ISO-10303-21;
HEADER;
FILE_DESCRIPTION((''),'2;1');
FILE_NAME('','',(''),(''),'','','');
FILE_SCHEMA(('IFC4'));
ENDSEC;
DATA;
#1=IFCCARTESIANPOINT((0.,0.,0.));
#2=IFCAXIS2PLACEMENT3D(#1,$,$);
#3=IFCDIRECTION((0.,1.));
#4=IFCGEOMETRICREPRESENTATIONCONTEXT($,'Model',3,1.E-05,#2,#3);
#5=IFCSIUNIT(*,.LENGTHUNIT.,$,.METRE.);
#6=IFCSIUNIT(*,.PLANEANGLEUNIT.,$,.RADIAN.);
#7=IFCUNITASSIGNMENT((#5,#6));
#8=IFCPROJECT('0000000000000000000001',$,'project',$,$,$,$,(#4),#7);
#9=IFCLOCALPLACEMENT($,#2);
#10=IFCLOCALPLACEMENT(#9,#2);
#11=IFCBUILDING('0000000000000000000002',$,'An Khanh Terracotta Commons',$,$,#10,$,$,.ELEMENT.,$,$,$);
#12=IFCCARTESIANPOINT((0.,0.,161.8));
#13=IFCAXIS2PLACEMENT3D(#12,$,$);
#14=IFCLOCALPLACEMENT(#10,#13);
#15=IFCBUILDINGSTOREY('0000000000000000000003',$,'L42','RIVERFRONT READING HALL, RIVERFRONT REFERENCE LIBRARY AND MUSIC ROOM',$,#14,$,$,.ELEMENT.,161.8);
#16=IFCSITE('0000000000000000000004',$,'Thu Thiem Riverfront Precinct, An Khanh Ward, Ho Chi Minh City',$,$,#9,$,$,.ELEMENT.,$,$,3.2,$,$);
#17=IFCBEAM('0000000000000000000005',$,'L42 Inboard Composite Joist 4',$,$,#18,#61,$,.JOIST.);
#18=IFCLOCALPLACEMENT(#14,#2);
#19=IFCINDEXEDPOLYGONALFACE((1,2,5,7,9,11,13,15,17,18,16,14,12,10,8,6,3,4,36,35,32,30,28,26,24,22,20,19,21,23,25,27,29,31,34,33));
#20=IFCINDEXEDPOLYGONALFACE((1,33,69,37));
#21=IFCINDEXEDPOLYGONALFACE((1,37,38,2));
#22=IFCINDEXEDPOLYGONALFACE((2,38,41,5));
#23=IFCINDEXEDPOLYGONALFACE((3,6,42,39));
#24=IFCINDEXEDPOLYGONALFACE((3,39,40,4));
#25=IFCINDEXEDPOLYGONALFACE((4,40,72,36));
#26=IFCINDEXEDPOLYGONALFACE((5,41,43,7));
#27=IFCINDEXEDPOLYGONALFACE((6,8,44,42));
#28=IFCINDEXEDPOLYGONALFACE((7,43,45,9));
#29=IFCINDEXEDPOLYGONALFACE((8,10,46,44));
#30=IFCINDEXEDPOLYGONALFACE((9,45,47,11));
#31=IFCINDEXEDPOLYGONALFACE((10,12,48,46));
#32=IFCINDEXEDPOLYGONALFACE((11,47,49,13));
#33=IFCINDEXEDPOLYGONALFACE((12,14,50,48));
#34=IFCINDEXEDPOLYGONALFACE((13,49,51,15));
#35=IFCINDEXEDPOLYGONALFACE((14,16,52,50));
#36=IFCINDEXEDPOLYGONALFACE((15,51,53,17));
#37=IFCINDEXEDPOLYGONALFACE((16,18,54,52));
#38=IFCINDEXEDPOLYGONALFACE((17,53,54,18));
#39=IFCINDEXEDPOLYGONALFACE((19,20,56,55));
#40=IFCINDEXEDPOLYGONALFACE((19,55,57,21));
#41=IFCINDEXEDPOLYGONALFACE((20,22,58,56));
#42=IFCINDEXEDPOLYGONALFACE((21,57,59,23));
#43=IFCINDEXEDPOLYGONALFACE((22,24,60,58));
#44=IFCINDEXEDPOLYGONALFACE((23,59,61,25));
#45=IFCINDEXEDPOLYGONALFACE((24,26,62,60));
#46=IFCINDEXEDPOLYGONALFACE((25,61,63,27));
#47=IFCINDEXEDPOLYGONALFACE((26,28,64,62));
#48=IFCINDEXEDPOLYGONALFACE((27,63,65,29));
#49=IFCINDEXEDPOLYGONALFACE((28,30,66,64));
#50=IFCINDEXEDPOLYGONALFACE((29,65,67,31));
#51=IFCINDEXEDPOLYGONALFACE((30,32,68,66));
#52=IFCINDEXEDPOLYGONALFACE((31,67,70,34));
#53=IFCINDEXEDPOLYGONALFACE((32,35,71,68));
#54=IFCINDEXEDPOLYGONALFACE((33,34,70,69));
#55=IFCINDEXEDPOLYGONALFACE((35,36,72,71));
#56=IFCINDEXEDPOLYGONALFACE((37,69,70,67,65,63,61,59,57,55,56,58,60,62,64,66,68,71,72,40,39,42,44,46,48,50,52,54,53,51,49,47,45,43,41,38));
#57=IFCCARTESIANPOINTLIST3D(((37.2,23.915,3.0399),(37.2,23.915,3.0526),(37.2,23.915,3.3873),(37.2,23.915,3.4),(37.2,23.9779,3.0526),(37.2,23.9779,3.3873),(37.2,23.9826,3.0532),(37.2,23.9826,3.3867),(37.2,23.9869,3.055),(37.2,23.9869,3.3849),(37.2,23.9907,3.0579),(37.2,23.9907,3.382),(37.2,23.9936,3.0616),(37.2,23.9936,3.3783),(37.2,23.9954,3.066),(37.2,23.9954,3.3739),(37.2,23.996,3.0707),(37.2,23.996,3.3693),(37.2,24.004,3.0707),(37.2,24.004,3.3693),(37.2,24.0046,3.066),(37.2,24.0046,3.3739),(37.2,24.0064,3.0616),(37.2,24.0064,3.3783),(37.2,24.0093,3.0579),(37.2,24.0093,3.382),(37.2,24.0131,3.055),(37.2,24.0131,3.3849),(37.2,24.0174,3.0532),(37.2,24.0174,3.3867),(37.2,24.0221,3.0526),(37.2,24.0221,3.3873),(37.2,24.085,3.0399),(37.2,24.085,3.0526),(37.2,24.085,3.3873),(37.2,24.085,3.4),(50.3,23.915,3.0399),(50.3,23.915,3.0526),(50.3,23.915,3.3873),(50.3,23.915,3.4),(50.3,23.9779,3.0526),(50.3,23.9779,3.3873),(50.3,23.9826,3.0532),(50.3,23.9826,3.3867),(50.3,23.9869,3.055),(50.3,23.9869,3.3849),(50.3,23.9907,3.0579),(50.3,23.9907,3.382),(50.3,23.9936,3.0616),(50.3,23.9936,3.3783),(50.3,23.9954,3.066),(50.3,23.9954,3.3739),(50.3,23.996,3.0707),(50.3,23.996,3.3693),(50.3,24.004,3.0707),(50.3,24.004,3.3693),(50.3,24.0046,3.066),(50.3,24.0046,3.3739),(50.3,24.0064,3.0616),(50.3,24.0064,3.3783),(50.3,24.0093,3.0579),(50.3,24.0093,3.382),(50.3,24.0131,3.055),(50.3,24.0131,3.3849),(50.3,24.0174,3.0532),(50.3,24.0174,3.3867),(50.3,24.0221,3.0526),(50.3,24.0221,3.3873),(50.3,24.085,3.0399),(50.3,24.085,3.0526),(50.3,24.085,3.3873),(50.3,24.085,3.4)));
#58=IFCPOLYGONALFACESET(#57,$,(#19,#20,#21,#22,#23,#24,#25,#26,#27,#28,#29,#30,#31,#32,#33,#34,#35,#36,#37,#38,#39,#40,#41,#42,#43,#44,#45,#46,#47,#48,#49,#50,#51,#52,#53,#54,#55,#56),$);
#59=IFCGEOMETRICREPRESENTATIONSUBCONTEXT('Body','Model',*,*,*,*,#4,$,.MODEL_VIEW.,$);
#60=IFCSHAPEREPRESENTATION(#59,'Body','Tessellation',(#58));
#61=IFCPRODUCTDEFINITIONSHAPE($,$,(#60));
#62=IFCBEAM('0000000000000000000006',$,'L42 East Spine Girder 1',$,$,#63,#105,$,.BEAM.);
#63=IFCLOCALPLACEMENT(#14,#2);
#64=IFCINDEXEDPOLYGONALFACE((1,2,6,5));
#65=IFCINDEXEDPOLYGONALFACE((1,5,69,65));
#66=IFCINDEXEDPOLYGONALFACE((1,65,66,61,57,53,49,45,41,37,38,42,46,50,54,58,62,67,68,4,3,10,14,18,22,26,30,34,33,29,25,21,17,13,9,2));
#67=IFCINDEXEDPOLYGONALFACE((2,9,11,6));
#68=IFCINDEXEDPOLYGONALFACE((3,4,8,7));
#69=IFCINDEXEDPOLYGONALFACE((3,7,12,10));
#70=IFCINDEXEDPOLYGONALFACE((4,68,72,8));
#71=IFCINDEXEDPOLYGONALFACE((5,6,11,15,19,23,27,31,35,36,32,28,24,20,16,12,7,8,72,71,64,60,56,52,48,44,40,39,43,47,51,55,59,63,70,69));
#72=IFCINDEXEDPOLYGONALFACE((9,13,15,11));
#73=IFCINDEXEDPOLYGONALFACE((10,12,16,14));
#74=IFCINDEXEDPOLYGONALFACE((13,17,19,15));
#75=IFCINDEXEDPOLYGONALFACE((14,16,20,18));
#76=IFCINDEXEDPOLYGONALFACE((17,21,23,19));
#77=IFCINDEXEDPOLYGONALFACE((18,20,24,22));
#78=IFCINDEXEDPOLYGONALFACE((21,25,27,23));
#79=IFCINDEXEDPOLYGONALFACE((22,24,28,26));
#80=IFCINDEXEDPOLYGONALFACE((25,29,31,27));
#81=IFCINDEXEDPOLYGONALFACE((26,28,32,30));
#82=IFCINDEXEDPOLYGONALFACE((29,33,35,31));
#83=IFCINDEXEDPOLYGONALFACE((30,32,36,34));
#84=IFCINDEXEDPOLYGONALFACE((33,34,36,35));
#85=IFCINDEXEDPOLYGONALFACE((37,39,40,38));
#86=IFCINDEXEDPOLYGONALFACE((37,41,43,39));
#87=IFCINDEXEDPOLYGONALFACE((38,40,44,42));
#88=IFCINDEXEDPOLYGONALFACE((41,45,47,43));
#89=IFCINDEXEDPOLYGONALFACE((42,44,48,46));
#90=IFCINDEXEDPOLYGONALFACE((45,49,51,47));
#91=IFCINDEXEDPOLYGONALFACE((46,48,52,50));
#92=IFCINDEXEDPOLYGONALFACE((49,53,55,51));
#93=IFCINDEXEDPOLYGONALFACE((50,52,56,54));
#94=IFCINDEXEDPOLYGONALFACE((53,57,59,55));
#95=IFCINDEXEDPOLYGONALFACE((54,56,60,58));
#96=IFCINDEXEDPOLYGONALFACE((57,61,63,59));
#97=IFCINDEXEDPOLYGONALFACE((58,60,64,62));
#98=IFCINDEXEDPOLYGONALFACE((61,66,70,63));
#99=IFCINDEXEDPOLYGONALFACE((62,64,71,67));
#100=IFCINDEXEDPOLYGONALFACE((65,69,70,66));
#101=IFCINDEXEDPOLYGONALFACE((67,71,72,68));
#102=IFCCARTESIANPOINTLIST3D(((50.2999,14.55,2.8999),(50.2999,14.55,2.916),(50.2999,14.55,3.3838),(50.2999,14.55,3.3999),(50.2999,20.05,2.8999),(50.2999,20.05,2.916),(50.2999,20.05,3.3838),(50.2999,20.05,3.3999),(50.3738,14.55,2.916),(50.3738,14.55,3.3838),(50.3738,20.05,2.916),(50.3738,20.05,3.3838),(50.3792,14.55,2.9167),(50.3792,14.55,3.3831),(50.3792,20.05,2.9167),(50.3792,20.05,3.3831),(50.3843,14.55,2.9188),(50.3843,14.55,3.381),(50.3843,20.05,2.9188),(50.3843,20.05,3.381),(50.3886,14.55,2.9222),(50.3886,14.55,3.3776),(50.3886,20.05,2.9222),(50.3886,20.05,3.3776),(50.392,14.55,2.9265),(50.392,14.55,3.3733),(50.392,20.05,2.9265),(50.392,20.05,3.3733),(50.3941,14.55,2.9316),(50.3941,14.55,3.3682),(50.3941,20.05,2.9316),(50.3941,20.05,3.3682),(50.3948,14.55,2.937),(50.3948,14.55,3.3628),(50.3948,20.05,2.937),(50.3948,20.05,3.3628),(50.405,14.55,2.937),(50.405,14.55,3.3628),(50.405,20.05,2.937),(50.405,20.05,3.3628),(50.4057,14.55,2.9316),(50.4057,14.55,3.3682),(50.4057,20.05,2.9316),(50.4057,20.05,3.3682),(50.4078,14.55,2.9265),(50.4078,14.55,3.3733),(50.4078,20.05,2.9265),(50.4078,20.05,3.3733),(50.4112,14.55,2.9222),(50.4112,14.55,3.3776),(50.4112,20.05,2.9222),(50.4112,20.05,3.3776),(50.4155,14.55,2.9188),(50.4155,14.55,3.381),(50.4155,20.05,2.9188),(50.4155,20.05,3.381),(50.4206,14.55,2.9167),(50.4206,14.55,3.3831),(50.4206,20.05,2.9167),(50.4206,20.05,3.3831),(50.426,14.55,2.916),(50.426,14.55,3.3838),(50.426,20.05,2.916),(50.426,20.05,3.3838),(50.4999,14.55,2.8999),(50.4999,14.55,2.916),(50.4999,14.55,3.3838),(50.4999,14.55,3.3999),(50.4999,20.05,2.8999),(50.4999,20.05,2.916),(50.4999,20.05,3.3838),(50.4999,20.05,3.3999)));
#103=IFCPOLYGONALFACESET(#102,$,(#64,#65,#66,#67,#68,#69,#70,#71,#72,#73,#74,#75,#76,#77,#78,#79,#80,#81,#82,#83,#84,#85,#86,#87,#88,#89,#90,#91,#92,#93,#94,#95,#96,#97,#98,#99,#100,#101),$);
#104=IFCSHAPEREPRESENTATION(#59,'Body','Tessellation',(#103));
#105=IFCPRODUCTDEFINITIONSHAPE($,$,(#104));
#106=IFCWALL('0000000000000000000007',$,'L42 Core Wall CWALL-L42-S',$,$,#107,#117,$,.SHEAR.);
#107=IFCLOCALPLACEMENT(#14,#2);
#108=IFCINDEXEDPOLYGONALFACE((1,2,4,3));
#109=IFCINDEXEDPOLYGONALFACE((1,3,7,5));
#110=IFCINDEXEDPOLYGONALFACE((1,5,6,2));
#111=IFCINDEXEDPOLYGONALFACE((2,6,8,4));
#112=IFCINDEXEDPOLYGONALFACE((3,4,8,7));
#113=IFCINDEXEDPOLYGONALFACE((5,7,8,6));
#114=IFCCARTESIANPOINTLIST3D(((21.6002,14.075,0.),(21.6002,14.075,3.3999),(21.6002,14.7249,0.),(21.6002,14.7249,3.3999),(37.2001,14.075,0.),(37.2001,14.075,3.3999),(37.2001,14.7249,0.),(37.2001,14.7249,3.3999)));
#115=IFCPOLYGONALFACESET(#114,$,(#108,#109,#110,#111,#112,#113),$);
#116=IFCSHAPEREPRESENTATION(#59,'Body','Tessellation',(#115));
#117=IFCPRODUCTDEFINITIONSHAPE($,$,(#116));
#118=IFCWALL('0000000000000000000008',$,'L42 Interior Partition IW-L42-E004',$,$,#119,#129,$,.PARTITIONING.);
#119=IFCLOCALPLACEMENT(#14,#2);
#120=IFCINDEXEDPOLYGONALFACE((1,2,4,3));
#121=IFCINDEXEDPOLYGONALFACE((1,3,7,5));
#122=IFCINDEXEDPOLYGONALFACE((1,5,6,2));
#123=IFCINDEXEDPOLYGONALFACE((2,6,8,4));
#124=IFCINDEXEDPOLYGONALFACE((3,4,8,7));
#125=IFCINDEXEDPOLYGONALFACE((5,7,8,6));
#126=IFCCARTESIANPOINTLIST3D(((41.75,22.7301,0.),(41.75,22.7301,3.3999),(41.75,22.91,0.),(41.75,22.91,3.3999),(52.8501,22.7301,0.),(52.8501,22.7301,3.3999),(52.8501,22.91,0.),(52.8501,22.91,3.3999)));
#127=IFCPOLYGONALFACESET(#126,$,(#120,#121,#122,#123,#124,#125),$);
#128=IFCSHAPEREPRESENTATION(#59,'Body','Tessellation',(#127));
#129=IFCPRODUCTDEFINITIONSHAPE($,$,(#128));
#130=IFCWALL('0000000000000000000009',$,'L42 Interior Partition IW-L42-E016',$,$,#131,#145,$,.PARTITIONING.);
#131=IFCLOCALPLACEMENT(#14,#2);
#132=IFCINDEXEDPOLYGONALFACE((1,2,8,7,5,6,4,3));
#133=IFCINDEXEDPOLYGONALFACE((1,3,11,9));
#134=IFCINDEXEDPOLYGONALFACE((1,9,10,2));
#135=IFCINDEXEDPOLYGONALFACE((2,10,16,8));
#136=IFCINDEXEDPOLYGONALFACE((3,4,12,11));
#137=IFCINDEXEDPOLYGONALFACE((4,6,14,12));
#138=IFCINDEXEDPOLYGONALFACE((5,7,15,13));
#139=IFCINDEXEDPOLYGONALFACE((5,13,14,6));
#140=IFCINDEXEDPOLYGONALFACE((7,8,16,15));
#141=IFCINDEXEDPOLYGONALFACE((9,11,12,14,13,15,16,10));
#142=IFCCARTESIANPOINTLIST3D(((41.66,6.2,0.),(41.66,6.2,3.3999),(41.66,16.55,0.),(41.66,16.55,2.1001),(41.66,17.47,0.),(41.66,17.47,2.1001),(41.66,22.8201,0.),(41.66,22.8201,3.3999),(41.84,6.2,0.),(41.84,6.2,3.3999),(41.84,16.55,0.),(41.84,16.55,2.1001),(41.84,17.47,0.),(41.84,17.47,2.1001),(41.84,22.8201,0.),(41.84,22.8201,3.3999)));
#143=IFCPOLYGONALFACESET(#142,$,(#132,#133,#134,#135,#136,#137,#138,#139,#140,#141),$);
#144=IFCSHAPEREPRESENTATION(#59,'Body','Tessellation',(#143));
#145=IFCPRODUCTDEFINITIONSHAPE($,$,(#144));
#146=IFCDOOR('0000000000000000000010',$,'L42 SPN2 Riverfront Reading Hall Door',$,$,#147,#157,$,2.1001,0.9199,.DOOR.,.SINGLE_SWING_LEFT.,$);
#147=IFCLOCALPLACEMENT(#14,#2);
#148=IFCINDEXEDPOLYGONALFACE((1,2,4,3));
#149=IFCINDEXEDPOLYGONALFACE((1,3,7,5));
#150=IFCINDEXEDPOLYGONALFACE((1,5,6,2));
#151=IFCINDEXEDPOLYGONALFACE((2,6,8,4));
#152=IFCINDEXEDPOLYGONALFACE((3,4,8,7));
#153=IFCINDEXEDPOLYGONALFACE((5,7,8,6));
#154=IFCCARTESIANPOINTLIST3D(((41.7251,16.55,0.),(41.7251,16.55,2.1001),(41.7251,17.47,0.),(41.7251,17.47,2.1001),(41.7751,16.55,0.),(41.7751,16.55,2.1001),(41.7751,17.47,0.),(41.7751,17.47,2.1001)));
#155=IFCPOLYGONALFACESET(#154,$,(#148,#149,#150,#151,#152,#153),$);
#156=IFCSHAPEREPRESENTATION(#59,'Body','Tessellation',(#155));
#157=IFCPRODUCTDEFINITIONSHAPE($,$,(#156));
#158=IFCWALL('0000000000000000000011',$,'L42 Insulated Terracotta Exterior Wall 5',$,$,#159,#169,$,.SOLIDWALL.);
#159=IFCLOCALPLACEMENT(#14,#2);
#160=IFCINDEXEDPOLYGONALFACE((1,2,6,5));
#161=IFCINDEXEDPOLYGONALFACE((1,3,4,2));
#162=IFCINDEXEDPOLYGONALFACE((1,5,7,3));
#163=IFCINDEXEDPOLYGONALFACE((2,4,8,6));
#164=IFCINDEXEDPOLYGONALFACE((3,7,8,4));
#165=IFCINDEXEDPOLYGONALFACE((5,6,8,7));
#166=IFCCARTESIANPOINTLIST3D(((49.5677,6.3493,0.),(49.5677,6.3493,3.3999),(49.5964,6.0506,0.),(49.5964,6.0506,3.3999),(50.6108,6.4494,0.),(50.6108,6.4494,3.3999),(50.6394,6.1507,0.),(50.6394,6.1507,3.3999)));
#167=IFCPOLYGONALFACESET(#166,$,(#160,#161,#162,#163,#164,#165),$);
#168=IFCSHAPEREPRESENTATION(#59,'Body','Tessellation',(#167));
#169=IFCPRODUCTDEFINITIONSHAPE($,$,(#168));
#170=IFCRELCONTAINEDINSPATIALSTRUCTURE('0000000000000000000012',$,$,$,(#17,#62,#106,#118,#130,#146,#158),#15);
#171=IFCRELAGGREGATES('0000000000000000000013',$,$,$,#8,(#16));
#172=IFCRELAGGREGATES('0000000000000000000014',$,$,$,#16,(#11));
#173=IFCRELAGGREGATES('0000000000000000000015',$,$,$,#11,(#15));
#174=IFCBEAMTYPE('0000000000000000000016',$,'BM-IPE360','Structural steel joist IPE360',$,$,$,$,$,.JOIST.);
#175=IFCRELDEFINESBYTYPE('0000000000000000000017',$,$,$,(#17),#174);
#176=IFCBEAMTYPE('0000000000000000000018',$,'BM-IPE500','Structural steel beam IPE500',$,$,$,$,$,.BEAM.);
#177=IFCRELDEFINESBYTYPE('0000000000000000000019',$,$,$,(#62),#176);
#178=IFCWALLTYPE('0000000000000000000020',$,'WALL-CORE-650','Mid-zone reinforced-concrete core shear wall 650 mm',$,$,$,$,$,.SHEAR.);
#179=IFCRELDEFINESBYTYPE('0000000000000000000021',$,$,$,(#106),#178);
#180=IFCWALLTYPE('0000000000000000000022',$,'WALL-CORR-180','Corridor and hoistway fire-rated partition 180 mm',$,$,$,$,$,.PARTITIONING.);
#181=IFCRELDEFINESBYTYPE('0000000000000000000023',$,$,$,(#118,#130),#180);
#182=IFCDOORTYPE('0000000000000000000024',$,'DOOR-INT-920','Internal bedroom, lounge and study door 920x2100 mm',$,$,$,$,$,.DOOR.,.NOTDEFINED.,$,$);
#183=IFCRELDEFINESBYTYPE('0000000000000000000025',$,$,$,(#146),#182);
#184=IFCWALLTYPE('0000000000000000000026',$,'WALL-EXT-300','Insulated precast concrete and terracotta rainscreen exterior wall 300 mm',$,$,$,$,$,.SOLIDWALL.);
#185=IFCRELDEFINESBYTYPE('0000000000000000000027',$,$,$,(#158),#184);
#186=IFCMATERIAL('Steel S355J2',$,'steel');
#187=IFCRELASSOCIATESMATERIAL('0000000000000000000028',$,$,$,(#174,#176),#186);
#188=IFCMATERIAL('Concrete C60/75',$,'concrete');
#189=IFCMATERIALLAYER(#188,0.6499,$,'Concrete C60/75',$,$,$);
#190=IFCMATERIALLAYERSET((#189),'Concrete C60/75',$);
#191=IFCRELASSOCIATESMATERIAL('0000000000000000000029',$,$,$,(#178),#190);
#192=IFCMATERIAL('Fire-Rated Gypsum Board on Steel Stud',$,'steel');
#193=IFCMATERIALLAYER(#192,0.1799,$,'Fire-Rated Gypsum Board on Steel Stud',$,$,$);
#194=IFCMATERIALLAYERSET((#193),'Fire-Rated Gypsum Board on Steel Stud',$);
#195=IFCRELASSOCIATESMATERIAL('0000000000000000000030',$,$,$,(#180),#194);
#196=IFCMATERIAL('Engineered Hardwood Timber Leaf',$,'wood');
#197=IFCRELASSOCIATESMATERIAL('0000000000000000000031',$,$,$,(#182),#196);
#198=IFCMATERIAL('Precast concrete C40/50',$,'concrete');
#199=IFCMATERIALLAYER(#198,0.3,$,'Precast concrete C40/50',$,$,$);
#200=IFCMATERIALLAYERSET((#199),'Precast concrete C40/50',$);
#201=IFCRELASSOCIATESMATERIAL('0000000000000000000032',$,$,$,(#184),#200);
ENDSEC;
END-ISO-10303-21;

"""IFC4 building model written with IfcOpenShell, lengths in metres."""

from ifc_helpers import new_model, si_unit, direction, frame, frame_2d, origin, origin_2d, place, context, subcontext, project, spatial, rectangle, i_section, extrude, material, layer, layer_set, material_profile, profile_set, type_object, element, fill, save


model = new_model("IFC4")

# Units and contexts
model_context = context("Model", 3, precision=1e-05, world=origin(), true_north=direction((0.0, 1.0)))
body_context = subcontext(model_context, "Body", "Model", "MODEL_VIEW")
ifc_project = project(units=[si_unit("LENGTHUNIT", "METRE"), si_unit("PLANEANGLEUNIT", "RADIAN")], contexts=[model_context])

# Site, building, storey
site_placement = place(None, origin())
site = spatial("IfcSite", under=ifc_project, at=site_placement, Name="Thu Thiem Riverfront Precinct, An Khanh Ward, Ho Chi Minh City", CompositionType="ELEMENT", RefElevation=3.2)
building_placement = place(site_placement, origin())
building = spatial("IfcBuilding", under=site, at=building_placement, Name="An Khanh Terracotta Commons", CompositionType="ELEMENT")
storey_placement = place(building_placement, frame((0.0, 0.0, 161.8)))
storey = spatial("IfcBuildingStorey", under=building, at=storey_placement, Name="L42", Description="RIVERFRONT READING HALL, RIVERFRONT REFERENCE LIBRARY AND MUSIC ROOM", CompositionType="ELEMENT", Elevation=161.8)

# Shared definitions
ifc_material_1 = material(Name="Concrete C60/75", Category="concrete")

# Beams
ifc_material_2 = material(Name="Steel S355J2", Category="steel")
ifc_material_profile_1 = material_profile(ifc_material_2, i_section(OverallWidth=0.1699, OverallDepth=0.3601, WebThickness=0.0081, FlangeThickness=0.0127, FilletRadius=0.0181, at=origin_2d()), Name="IPE360")
ifc_profile_set_1 = profile_set([ifc_material_profile_1], Name="Steel S355J2")
beam_type_1 = type_object("IfcBeamType", Name="BM-IPE360", Description="Structural steel joist IPE360", PredefinedType="JOIST", material=ifc_profile_set_1)
for number, where, z_axis, x_axis, name in (
    (1, (37.2, 24.0, 3.22), (1.0, 0.0, 0.0), (0.0, 1.0, 0.0), "L42 Inboard Composite Joist 4"),
):
    element("IfcBeam", number, at=place(storey_placement, frame(where, z_axis=z_axis, x_axis=x_axis)), inside=storey, type_object=beam_type_1, Name=name, PredefinedType="JOIST", context=body_context, shape_type="SweptSolid", body=[
        extrude(i_section(OverallWidth=0.1699, OverallDepth=0.3601, WebThickness=0.0081, FlangeThickness=0.0127, FilletRadius=0.0181, at=origin_2d()), origin(), (0.0, 0.0, 1.0), 13.1001),
    ])
ifc_material_profile_2 = material_profile(ifc_material_2, i_section(OverallWidth=0.2, OverallDepth=0.5, WebThickness=0.0103, FlangeThickness=0.0161, FilletRadius=0.021, at=origin_2d()), Name="IPE500")
ifc_profile_set_2 = profile_set([ifc_material_profile_2], Name="Steel S355J2")
beam_type_2 = type_object("IfcBeamType", Name="BM-IPE500", Description="Structural steel beam IPE500", PredefinedType="BEAM", material=ifc_profile_set_2)
beam_1_placement = place(storey_placement, frame((50.3999, 14.55, 3.1499), z_axis=(0.0, 1.0, 0.0), x_axis=(-1.0, 0.0, 0.0)))
element("IfcBeam", 2, at=beam_1_placement, inside=storey, type_object=beam_type_2, Name="L42 East Spine Girder 1", PredefinedType="BEAM", context=body_context, shape_type="SweptSolid", body=[
    extrude(i_section(OverallWidth=0.2, OverallDepth=0.5, WebThickness=0.0103, FlangeThickness=0.0161, FilletRadius=0.021, at=origin_2d()), origin(), (0.0, 0.0, 1.0), 5.5),
])

# Wall
ifc_layer_1 = layer(ifc_material_1, 0.6499, Name="Concrete C60/75")
ifc_layer_set_1 = layer_set([ifc_layer_1], Name="Concrete C60/75")
wall_type_1 = type_object("IfcWallType", Name="WALL-CORE-650", Description="Mid-zone reinforced-concrete core shear wall 650 mm", PredefinedType="SHEAR", material=ifc_layer_set_1)
wall_1_placement = place(storey_placement, frame((37.2, 14.3999, 0.0), z_axis=(0.0, 0.0, 1.0), x_axis=(-1.0, 0.0, 0.0)))
element("IfcWall", 3, at=wall_1_placement, inside=storey, type_object=wall_type_1, Name="L42 Core Wall CWALL-L42-S", PredefinedType="SHEAR", context=body_context, shape_type="SweptSolid", body=[
    extrude(rectangle(XDim=15.5999, YDim=0.6499, at=frame_2d((7.7998, 0.0))), origin(), (0.0, 0.0, 1.0), 3.3999),
])

# Wall
ifc_material_3 = material(Name="Fire-Rated Gypsum Board on Steel Stud", Category="steel")
ifc_layer_2 = layer(ifc_material_3, 0.1799, Name="Fire-Rated Gypsum Board on Steel Stud")
ifc_layer_set_2 = layer_set([ifc_layer_2], Name="Fire-Rated Gypsum Board on Steel Stud")
wall_type_2 = type_object("IfcWallType", Name="WALL-CORR-180", Description="Corridor and hoistway fire-rated partition 180 mm", PredefinedType="PARTITIONING", material=ifc_layer_set_2)
wall_2_placement = place(storey_placement, frame((41.75, 22.8201, 0.0), z_axis=(0.0, 0.0, 1.0), x_axis=(1.0, 0.0, 0.0)))
element("IfcWall", 4, at=wall_2_placement, inside=storey, type_object=wall_type_2, Name="L42 Interior Partition IW-L42-E004", PredefinedType="PARTITIONING", context=body_context, shape_type="SweptSolid", body=[
    extrude(rectangle(XDim=11.1001, YDim=0.1799, at=frame_2d((5.55, 0.0))), origin(), (0.0, 0.0, 1.0), 3.3999),
])

# Wall, opening, door
wall_3_placement = place(storey_placement, frame((41.75, 6.2, 0.0), z_axis=(0.0, 0.0, 1.0), x_axis=(0.0, 1.0, 0.0)))
wall_3 = element("IfcWall", 5, at=wall_3_placement, inside=storey, type_object=wall_type_2, Name="L42 Interior Partition IW-L42-E016", PredefinedType="PARTITIONING", context=body_context, shape_type="SweptSolid", body=[
    extrude(rectangle(XDim=16.6201, YDim=0.1799, at=frame_2d((8.3101, 0.0))), origin(), (0.0, 0.0, 1.0), 3.3999),
])
opening_1_placement = place(wall_3_placement, frame((10.3501, 0.0, 0.0)))
opening_1 = element("IfcOpeningElement", 6, at=opening_1_placement, cuts=wall_3, PredefinedType="OPENING", context=body_context, shape_type="SweptSolid", body=[
    extrude(rectangle(XDim=0.9199, YDim=2.1001, at=frame_2d((0.46, 1.05))), frame((0.0, 0.0999, 0.0), z_axis=(0.0, -1.0, 0.0), x_axis=(1.0, 0.0, 0.0)), (0.0, 0.0, 1.0), 0.2),
])
ifc_material_4 = material(Name="Engineered Hardwood Timber Leaf", Category="wood")
door_type_1 = type_object("IfcDoorType", Name="DOOR-INT-920", Description="Internal bedroom, lounge and study door 920x2100 mm", OperationType="NOTDEFINED", PredefinedType="DOOR", material=ifc_material_4)
door_1_placement = place(opening_1_placement, origin())
door_1 = element("IfcDoor", 7, at=door_1_placement, inside=storey, type_object=door_type_1, Name="L42 SPN2 Riverfront Reading Hall Door", OperationType="SINGLE_SWING_LEFT", OverallHeight=2.1001, OverallWidth=0.9199, PredefinedType="DOOR", context=body_context, shape_type="SweptSolid", body=[
    extrude(rectangle(XDim=0.9199, YDim=2.1001, at=frame_2d((0.46, 1.05))), frame((0.0, 0.0249, 0.0), z_axis=(0.0, -1.0, 0.0), x_axis=(1.0, 0.0, 0.0)), (0.0, 0.0, 1.0), 0.05),
])
fill(opening_1, door_1)

# Wall
ifc_material_5 = material(Name="Precast concrete C40/50", Category="concrete")
ifc_layer_3 = layer(ifc_material_5, 0.3, Name="Precast concrete C40/50")
ifc_layer_set_3 = layer_set([ifc_layer_3], Name="Precast concrete C40/50")
wall_type_3 = type_object("IfcWallType", Name="WALL-EXT-300", Description="Insulated precast concrete and terracotta rainscreen exterior wall 300 mm", PredefinedType="SOLIDWALL", material=ifc_layer_set_3)
wall_4_placement = place(storey_placement, frame((49.582, 6.2, 0.0), z_axis=(0.0, 0.0, 1.0), x_axis=(0.995426, 0.095535, 0.0)))
element("IfcWall", 8, at=wall_4_placement, inside=storey, type_object=wall_type_3, Name="L42 Insulated Terracotta Exterior Wall 5", PredefinedType="SOLIDWALL", context=body_context, shape_type="SweptSolid", body=[
    extrude(rectangle(XDim=1.0479, YDim=0.3, at=frame_2d((0.5239, 0.0))), origin(), (0.0, 0.0, 1.0), 3.3999),
])

save(model, "model.ifc")
